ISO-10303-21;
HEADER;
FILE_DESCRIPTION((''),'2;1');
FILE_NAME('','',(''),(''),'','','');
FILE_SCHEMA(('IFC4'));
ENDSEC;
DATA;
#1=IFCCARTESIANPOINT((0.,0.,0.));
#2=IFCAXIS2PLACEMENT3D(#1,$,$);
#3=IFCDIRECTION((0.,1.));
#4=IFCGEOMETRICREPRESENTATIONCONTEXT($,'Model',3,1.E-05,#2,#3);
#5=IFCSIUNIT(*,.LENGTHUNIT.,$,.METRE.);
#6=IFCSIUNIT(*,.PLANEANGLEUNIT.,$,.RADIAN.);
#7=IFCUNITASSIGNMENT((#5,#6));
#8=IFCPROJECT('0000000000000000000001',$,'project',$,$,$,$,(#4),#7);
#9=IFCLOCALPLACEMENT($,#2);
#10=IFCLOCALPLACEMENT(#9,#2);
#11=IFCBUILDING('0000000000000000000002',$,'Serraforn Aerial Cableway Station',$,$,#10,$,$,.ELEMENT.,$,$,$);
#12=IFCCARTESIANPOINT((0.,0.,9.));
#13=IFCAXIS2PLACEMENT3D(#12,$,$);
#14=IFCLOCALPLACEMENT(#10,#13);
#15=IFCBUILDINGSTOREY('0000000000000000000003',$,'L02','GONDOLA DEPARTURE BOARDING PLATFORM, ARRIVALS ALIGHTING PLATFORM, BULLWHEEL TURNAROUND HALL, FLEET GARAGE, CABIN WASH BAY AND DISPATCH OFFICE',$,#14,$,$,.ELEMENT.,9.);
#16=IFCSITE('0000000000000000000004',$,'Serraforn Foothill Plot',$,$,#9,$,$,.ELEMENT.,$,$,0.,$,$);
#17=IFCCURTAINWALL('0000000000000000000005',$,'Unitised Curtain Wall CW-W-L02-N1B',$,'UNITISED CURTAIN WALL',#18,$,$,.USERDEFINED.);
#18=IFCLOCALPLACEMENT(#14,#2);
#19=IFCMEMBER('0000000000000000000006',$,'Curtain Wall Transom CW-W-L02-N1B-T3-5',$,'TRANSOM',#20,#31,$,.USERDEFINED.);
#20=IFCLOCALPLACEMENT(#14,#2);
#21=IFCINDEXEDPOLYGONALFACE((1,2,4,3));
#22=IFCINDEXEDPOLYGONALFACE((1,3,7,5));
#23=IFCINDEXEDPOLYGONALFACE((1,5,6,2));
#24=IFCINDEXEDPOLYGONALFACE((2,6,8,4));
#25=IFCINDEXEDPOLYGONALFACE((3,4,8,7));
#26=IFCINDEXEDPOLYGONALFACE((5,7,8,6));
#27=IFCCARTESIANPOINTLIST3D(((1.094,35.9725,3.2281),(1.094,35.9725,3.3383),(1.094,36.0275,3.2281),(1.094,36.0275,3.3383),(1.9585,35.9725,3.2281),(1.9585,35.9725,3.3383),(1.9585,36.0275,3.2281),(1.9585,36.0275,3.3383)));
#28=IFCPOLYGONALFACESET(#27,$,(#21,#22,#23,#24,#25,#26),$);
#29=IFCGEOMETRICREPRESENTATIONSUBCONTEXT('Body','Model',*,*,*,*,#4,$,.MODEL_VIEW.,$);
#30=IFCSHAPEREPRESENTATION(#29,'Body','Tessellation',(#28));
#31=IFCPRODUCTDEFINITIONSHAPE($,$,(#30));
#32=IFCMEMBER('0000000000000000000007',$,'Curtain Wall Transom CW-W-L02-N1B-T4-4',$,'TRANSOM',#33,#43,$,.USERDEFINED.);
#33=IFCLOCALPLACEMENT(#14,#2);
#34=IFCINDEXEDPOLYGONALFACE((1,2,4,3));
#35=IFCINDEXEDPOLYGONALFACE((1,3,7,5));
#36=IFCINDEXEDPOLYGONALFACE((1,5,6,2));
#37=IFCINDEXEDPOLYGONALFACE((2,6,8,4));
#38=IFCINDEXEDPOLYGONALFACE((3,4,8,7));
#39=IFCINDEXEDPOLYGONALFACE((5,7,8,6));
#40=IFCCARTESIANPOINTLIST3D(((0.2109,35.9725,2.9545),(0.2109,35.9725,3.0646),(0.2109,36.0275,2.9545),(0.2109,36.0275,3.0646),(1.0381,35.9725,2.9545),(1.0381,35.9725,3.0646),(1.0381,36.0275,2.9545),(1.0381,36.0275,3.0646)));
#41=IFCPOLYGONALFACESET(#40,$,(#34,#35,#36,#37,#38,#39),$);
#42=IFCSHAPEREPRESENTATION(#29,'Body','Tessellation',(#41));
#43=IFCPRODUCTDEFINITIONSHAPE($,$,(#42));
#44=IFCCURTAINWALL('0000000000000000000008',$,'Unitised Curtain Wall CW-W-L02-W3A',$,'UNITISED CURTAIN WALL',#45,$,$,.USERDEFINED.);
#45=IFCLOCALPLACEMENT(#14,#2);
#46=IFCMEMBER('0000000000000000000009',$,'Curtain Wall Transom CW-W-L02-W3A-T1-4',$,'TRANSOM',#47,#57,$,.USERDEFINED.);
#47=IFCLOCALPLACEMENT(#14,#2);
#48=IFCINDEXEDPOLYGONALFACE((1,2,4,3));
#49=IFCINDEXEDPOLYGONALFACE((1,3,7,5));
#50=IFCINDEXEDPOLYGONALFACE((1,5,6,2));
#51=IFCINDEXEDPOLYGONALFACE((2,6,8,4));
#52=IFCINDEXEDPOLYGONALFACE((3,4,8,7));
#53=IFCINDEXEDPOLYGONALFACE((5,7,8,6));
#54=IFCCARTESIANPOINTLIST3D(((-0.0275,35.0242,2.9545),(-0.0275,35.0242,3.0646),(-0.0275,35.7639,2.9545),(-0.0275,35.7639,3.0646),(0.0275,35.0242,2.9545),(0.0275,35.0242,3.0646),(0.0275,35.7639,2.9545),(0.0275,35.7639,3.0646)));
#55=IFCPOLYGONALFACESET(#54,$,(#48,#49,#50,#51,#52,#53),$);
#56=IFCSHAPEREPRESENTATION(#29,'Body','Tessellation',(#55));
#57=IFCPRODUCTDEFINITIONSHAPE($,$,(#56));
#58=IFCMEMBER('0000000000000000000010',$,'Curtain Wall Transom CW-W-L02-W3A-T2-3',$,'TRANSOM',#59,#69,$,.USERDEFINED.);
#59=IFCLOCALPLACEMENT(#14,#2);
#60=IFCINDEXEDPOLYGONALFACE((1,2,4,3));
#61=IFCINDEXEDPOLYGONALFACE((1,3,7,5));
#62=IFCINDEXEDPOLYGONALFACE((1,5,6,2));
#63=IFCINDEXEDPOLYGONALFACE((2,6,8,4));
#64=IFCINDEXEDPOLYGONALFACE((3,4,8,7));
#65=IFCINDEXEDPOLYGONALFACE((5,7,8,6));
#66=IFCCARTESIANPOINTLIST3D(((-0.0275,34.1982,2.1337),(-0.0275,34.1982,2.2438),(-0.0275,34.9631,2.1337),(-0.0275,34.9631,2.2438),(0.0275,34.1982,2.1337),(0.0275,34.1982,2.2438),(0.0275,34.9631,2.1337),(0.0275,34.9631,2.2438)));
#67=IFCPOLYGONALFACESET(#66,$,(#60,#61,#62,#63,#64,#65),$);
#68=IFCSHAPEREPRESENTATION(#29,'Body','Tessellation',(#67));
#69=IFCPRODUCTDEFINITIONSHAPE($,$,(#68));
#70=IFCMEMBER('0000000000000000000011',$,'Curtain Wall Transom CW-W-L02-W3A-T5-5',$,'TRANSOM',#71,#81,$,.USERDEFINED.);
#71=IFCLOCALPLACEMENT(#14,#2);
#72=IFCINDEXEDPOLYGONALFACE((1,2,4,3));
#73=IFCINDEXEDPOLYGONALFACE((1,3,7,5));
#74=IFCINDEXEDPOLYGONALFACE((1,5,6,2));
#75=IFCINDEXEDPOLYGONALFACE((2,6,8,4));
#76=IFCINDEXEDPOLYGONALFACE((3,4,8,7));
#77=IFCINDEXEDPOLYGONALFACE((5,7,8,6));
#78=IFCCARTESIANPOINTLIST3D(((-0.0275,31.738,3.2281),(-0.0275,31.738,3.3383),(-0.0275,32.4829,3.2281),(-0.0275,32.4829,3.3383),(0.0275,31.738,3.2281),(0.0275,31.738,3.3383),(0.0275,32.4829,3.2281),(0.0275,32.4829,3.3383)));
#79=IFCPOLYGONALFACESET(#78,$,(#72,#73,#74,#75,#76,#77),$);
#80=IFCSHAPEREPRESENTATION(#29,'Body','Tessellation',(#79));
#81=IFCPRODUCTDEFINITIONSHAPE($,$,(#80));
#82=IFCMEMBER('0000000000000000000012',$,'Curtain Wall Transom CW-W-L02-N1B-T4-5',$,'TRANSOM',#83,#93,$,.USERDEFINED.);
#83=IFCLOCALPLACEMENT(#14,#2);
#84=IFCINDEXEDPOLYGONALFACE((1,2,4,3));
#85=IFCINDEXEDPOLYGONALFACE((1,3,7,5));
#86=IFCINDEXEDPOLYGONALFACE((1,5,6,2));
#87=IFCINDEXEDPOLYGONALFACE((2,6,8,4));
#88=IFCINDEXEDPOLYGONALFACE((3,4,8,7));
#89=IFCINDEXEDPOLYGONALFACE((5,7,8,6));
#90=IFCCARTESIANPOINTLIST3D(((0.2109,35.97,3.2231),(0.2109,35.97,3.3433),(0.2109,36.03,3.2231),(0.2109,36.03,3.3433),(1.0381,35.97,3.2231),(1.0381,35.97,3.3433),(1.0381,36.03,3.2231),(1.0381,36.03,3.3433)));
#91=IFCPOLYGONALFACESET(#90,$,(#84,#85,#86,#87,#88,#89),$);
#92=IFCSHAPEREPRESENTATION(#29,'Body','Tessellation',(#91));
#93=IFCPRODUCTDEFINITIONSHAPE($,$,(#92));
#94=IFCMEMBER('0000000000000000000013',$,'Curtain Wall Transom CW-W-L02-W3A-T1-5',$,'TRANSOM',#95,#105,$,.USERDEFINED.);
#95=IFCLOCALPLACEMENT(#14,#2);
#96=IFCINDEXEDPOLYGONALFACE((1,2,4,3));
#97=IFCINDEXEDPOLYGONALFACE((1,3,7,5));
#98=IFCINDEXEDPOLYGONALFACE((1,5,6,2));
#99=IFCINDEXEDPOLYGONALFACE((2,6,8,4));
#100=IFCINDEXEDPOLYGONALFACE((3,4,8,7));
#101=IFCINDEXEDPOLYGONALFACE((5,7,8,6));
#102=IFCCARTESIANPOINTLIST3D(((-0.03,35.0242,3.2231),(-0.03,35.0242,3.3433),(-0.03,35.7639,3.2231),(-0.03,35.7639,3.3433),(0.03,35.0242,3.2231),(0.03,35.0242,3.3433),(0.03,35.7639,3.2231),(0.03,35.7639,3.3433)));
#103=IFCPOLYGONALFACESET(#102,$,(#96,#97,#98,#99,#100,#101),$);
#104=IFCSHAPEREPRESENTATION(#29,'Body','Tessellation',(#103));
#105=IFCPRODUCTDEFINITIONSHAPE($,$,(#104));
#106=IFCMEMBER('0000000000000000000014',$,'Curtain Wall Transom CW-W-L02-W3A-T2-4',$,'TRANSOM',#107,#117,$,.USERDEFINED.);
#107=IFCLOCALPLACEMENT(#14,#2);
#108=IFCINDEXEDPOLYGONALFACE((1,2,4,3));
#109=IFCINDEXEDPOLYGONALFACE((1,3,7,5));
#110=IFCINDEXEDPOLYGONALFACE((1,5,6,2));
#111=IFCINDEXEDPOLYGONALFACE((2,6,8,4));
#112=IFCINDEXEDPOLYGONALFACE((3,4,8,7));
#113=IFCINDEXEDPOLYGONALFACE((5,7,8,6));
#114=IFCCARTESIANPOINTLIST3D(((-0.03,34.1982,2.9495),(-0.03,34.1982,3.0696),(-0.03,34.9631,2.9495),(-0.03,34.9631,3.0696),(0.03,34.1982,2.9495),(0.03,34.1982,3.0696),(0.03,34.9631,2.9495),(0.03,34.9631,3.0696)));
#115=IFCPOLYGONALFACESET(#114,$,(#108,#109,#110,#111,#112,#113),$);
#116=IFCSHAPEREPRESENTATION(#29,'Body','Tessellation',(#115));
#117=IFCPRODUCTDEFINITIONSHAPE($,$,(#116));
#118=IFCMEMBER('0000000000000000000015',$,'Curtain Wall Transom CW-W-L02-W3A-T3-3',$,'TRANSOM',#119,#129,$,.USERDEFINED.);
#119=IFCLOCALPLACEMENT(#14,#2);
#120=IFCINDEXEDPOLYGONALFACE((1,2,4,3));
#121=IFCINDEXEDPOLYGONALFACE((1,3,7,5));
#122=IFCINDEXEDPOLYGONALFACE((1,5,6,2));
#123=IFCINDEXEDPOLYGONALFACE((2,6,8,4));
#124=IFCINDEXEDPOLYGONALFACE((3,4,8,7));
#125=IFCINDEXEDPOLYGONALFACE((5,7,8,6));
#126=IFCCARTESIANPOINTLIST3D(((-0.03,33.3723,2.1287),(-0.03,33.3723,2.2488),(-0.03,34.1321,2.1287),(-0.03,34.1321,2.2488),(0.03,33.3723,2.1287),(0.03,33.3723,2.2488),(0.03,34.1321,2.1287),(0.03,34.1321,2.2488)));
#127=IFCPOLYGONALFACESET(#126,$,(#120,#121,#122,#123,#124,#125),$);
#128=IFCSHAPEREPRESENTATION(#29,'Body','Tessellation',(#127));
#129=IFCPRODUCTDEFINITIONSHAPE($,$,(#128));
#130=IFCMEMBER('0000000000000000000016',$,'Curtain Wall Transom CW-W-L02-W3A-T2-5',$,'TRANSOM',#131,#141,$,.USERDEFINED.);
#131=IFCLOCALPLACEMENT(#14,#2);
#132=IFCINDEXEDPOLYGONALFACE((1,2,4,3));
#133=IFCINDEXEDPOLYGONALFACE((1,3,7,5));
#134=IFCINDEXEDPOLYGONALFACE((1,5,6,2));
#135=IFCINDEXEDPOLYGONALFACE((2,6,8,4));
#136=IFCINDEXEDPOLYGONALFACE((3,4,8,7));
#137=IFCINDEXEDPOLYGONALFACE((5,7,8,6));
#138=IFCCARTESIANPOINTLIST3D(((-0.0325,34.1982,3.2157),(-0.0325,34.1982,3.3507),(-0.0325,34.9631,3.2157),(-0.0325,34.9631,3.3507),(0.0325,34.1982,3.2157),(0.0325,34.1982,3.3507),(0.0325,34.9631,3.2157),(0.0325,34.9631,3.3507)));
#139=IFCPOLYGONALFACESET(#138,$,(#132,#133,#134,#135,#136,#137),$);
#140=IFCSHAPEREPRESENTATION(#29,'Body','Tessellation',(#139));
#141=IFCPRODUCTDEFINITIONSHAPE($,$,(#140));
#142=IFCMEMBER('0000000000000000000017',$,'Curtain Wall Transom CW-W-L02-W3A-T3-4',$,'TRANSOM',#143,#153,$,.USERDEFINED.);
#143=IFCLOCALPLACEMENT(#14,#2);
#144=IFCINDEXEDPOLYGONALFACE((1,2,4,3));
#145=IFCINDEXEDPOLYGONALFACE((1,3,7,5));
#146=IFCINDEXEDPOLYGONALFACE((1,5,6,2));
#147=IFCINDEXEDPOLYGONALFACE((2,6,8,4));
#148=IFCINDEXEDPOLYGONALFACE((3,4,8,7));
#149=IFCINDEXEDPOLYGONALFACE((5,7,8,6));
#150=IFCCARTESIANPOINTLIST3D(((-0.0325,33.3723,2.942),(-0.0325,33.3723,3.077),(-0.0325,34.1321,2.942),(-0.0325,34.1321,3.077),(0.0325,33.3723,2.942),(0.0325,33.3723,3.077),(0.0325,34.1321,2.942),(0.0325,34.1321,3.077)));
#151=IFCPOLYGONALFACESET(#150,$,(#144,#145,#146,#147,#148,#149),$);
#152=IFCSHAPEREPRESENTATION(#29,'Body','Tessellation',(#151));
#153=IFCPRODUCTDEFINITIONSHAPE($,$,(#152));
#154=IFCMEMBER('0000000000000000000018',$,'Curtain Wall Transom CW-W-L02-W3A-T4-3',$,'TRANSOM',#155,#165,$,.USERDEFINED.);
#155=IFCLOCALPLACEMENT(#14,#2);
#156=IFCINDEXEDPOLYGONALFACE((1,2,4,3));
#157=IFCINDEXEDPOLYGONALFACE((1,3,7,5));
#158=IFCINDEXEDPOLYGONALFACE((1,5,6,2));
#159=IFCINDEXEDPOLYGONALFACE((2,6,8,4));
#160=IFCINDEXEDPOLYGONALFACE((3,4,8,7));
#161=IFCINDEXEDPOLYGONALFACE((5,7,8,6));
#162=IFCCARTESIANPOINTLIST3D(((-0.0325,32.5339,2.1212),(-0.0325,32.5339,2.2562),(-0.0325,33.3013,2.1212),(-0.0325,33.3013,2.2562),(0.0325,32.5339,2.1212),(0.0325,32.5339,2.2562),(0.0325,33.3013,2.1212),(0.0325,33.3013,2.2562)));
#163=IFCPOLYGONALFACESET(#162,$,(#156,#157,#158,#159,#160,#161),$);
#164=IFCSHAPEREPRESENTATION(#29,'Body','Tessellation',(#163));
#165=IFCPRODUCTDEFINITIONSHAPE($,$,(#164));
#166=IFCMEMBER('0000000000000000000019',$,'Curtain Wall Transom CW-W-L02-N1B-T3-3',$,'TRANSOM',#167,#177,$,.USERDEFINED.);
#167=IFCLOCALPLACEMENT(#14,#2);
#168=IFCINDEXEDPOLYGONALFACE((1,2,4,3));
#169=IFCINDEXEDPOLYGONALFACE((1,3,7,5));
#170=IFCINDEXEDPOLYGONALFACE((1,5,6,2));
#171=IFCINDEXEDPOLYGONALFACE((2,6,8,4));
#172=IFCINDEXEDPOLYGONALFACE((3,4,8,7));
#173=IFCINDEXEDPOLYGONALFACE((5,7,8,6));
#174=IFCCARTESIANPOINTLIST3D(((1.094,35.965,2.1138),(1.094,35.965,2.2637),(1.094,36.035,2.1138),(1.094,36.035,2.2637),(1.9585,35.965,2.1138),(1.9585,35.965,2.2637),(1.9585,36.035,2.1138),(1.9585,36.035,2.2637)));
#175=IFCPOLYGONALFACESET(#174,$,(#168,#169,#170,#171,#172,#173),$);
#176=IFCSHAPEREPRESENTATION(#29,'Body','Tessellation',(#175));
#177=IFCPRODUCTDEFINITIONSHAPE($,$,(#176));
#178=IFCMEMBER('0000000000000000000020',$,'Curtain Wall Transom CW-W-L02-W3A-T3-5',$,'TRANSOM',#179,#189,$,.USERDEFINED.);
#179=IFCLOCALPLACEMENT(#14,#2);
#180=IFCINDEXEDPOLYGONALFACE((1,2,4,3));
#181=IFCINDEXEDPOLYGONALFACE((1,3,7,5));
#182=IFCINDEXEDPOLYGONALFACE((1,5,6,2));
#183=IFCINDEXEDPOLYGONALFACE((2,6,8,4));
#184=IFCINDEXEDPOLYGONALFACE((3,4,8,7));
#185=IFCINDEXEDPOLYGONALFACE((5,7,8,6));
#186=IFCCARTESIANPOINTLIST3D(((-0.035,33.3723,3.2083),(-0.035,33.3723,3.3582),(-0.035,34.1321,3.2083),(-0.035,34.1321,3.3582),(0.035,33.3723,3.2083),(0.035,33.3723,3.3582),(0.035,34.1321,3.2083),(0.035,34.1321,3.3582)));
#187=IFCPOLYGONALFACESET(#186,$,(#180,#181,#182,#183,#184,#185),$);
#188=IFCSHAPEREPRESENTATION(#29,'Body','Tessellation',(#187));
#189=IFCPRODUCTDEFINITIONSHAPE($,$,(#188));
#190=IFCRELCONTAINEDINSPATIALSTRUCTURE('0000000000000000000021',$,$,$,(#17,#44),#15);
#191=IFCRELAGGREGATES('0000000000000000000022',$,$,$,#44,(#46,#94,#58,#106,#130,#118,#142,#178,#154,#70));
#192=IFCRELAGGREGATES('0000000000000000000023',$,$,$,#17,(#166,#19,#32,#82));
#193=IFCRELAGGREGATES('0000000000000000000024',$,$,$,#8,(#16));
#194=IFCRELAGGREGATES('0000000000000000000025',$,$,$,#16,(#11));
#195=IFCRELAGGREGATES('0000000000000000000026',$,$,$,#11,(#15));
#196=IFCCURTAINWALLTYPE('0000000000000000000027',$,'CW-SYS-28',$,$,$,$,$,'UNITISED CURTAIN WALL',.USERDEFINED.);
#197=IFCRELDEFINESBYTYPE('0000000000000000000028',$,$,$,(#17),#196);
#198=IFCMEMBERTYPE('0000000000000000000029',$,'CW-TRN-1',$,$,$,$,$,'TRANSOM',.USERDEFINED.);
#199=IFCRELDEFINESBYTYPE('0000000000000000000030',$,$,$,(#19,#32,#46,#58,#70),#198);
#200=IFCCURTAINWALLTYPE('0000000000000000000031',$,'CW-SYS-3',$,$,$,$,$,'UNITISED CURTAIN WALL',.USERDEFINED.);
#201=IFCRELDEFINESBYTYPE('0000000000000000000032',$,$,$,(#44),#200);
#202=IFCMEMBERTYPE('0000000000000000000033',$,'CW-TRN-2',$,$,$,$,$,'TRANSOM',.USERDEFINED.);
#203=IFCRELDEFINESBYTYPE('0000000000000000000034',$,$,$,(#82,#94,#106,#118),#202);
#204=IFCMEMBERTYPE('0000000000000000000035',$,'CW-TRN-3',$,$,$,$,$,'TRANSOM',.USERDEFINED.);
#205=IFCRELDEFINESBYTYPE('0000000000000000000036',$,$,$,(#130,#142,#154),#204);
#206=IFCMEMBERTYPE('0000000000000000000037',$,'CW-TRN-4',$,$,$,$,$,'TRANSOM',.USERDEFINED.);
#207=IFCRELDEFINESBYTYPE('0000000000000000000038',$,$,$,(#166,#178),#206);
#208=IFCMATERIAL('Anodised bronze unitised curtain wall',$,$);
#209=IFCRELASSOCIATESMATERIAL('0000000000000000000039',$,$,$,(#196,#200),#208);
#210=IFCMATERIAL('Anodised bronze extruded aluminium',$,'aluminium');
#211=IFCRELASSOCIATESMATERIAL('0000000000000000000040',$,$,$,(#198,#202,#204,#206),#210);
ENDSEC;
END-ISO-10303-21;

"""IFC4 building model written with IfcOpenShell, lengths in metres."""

from ifc_helpers import new_model, si_unit, direction, frame, origin, origin_2d, place, context, subcontext, project, spatial, rectangle, extrude, material, material_profile, profile_set, type_object, element, aggregate, save


model = new_model("IFC4")

# Units and contexts
model_context = context("Model", 3, precision=1e-05, world=origin(), true_north=direction((0.0, 1.0)))
body_context = subcontext(model_context, "Body", "Model", "MODEL_VIEW")
ifc_project = project(units=[si_unit("LENGTHUNIT", "METRE"), si_unit("PLANEANGLEUNIT", "RADIAN")], contexts=[model_context])

# Site, building, storey
site_placement = place(None, origin())
site = spatial("IfcSite", under=ifc_project, at=site_placement, Name="Serraforn Foothill Plot", CompositionType="ELEMENT", RefElevation=0.0)
building_placement = place(site_placement, origin())
building = spatial("IfcBuilding", under=site, at=building_placement, Name="Serraforn Aerial Cableway Station", CompositionType="ELEMENT")
storey_placement = place(building_placement, frame((0.0, 0.0, 9.0)))
storey = spatial("IfcBuildingStorey", under=building, at=storey_placement, Name="L02", Description="GONDOLA DEPARTURE BOARDING PLATFORM, ARRIVALS ALIGHTING PLATFORM, BULLWHEEL TURNAROUND HALL, FLEET GARAGE, CABIN WASH BAY AND DISPATCH OFFICE", CompositionType="ELEMENT", Elevation=9.0)

# Curtain walls, members
ifc_material_1 = material(Name="Anodised bronze unitised curtain wall")
curtain_wall_type_1 = type_object("IfcCurtainWallType", Name="CW-SYS-28", ElementType="UNITISED CURTAIN WALL", PredefinedType="USERDEFINED", material=ifc_material_1)
curtain_wall_1_placement = place(storey_placement, origin())
curtain_wall_1 = element("IfcCurtainWall", 1, at=curtain_wall_1_placement, inside=storey, type_object=curtain_wall_type_1, Name="Unitised Curtain Wall CW-W-L02-N1B", ObjectType="UNITISED CURTAIN WALL", PredefinedType="USERDEFINED")
ifc_material_2 = material(Name="Anodised bronze extruded aluminium", Category="aluminium")
ifc_material_profile_1 = material_profile(ifc_material_2, rectangle(XDim=0.0549, YDim=0.1101, at=origin_2d()), Name="CW TRANSOM 55x110")
ifc_profile_set_1 = profile_set([ifc_material_profile_1], Name="Anodised bronze extruded aluminium")
member_type_1 = type_object("IfcMemberType", Name="CW-TRN-1", ElementType="TRANSOM", PredefinedType="USERDEFINED", material=ifc_profile_set_1)
member_1_placement = place(storey_placement, frame((1.9585, 36.0, 3.2832), z_axis=(-1.0, 0.0, 0.0), x_axis=(0.0, -1.0, 0.0)))
member_1 = element("IfcMember", 2, at=member_1_placement, type_object=member_type_1, Name="Curtain Wall Transom CW-W-L02-N1B-T3-5", ObjectType="TRANSOM", PredefinedType="USERDEFINED", context=body_context, shape_type="SweptSolid", body=[
    extrude(rectangle(XDim=0.0549, YDim=0.1101, at=origin_2d()), origin(), (0.0, 0.0, 1.0), 0.8645),
])
member_2_placement = place(storey_placement, frame((1.0381, 36.0, 3.0095), z_axis=(-1.0, 0.0, 0.0), x_axis=(0.0, -1.0, 0.0)))
member_2 = element("IfcMember", 3, at=member_2_placement, type_object=member_type_1, Name="Curtain Wall Transom CW-W-L02-N1B-T4-4", ObjectType="TRANSOM", PredefinedType="USERDEFINED", context=body_context, shape_type="SweptSolid", body=[
    extrude(rectangle(XDim=0.0549, YDim=0.1101, at=origin_2d()), origin(), (0.0, 0.0, 1.0), 0.8271),
])
curtain_wall_type_2 = type_object("IfcCurtainWallType", Name="CW-SYS-3", ElementType="UNITISED CURTAIN WALL", PredefinedType="USERDEFINED", material=ifc_material_1)
curtain_wall_2_placement = place(storey_placement, origin())
curtain_wall_2 = element("IfcCurtainWall", 4, at=curtain_wall_2_placement, inside=storey, type_object=curtain_wall_type_2, Name="Unitised Curtain Wall CW-W-L02-W3A", ObjectType="UNITISED CURTAIN WALL", PredefinedType="USERDEFINED")
member_3_placement = place(storey_placement, frame((0.0, 35.7639, 3.0095), z_axis=(0.0, -1.0, 0.0), x_axis=(1.0, 0.0, 0.0)))
member_3 = element("IfcMember", 5, at=member_3_placement, type_object=member_type_1, Name="Curtain Wall Transom CW-W-L02-W3A-T1-4", ObjectType="TRANSOM", PredefinedType="USERDEFINED", context=body_context, shape_type="SweptSolid", body=[
    extrude(rectangle(XDim=0.0549, YDim=0.1101, at=origin_2d()), origin(), (0.0, 0.0, 1.0), 0.7397),
])
member_4_placement = place(storey_placement, frame((0.0, 34.9631, 2.1887), z_axis=(0.0, -1.0, 0.0), x_axis=(1.0, 0.0, 0.0)))
member_4 = element("IfcMember", 6, at=member_4_placement, type_object=member_type_1, Name="Curtain Wall Transom CW-W-L02-W3A-T2-3", ObjectType="TRANSOM", PredefinedType="USERDEFINED", context=body_context, shape_type="SweptSolid", body=[
    extrude(rectangle(XDim=0.0549, YDim=0.1101, at=origin_2d()), origin(), (0.0, 0.0, 1.0), 0.7649),
])
member_5_placement = place(storey_placement, frame((0.0, 32.4829, 3.2832), z_axis=(0.0, -1.0, 0.0), x_axis=(1.0, 0.0, 0.0)))
member_5 = element("IfcMember", 7, at=member_5_placement, type_object=member_type_1, Name="Curtain Wall Transom CW-W-L02-W3A-T5-5", ObjectType="TRANSOM", PredefinedType="USERDEFINED", context=body_context, shape_type="SweptSolid", body=[
    extrude(rectangle(XDim=0.0549, YDim=0.1101, at=origin_2d()), origin(), (0.0, 0.0, 1.0), 0.7449),
])

# Members
ifc_material_profile_2 = material_profile(ifc_material_2, rectangle(XDim=0.0601, YDim=0.1201, at=origin_2d()), Name="CW TRANSOM 60x120")
ifc_profile_set_2 = profile_set([ifc_material_profile_2], Name="Anodised bronze extruded aluminium")
member_type_2 = type_object("IfcMemberType", Name="CW-TRN-2", ElementType="TRANSOM", PredefinedType="USERDEFINED", material=ifc_profile_set_2)
member_6_placement = place(storey_placement, frame((1.0381, 36.0, 3.2832), z_axis=(-1.0, 0.0, 0.0), x_axis=(0.0, -1.0, 0.0)))
member_6 = element("IfcMember", 8, at=member_6_placement, type_object=member_type_2, Name="Curtain Wall Transom CW-W-L02-N1B-T4-5", ObjectType="TRANSOM", PredefinedType="USERDEFINED", context=body_context, shape_type="SweptSolid", body=[
    extrude(rectangle(XDim=0.0601, YDim=0.1201, at=origin_2d()), origin(), (0.0, 0.0, 1.0), 0.8271),
])
member_7_placement = place(storey_placement, frame((0.0, 35.7639, 3.2832), z_axis=(0.0, -1.0, 0.0), x_axis=(1.0, 0.0, 0.0)))
member_7 = element("IfcMember", 9, at=member_7_placement, type_object=member_type_2, Name="Curtain Wall Transom CW-W-L02-W3A-T1-5", ObjectType="TRANSOM", PredefinedType="USERDEFINED", context=body_context, shape_type="SweptSolid", body=[
    extrude(rectangle(XDim=0.0601, YDim=0.1201, at=origin_2d()), origin(), (0.0, 0.0, 1.0), 0.7397),
])
member_8_placement = place(storey_placement, frame((0.0, 34.9631, 3.0095), z_axis=(0.0, -1.0, 0.0), x_axis=(1.0, 0.0, 0.0)))
member_8 = element("IfcMember", 10, at=member_8_placement, type_object=member_type_2, Name="Curtain Wall Transom CW-W-L02-W3A-T2-4", ObjectType="TRANSOM", PredefinedType="USERDEFINED", context=body_context, shape_type="SweptSolid", body=[
    extrude(rectangle(XDim=0.0601, YDim=0.1201, at=origin_2d()), origin(), (0.0, 0.0, 1.0), 0.7649),
])
member_9_placement = place(storey_placement, frame((0.0, 34.1321, 2.1887), z_axis=(0.0, -1.0, 0.0), x_axis=(1.0, 0.0, 0.0)))
member_9 = element("IfcMember", 11, at=member_9_placement, type_object=member_type_2, Name="Curtain Wall Transom CW-W-L02-W3A-T3-3", ObjectType="TRANSOM", PredefinedType="USERDEFINED", context=body_context, shape_type="SweptSolid", body=[
    extrude(rectangle(XDim=0.0601, YDim=0.1201, at=origin_2d()), origin(), (0.0, 0.0, 1.0), 0.7598),
])
ifc_material_profile_3 = material_profile(ifc_material_2, rectangle(XDim=0.0649, YDim=0.135, at=origin_2d()), Name="CW TRANSOM 65x135")
ifc_profile_set_3 = profile_set([ifc_material_profile_3], Name="Anodised bronze extruded aluminium")
member_type_3 = type_object("IfcMemberType", Name="CW-TRN-3", ElementType="TRANSOM", PredefinedType="USERDEFINED", material=ifc_profile_set_3)
member_10_placement = place(storey_placement, frame((0.0, 34.9631, 3.2832), z_axis=(0.0, -1.0, 0.0), x_axis=(1.0, 0.0, 0.0)))
member_10 = element("IfcMember", 12, at=member_10_placement, type_object=member_type_3, Name="Curtain Wall Transom CW-W-L02-W3A-T2-5", ObjectType="TRANSOM", PredefinedType="USERDEFINED", context=body_context, shape_type="SweptSolid", body=[
    extrude(rectangle(XDim=0.0649, YDim=0.135, at=origin_2d()), origin(), (0.0, 0.0, 1.0), 0.7649),
])
member_11_placement = place(storey_placement, frame((0.0, 34.1321, 3.0095), z_axis=(0.0, -1.0, 0.0), x_axis=(1.0, 0.0, 0.0)))
member_11 = element("IfcMember", 13, at=member_11_placement, type_object=member_type_3, Name="Curtain Wall Transom CW-W-L02-W3A-T3-4", ObjectType="TRANSOM", PredefinedType="USERDEFINED", context=body_context, shape_type="SweptSolid", body=[
    extrude(rectangle(XDim=0.0649, YDim=0.135, at=origin_2d()), origin(), (0.0, 0.0, 1.0), 0.7598),
])
member_12_placement = place(storey_placement, frame((0.0, 33.3013, 2.1887), z_axis=(0.0, -1.0, 0.0), x_axis=(1.0, 0.0, 0.0)))
member_12 = element("IfcMember", 14, at=member_12_placement, type_object=member_type_3, Name="Curtain Wall Transom CW-W-L02-W3A-T4-3", ObjectType="TRANSOM", PredefinedType="USERDEFINED", context=body_context, shape_type="SweptSolid", body=[
    extrude(rectangle(XDim=0.0649, YDim=0.135, at=origin_2d()), origin(), (0.0, 0.0, 1.0), 0.7673),
])
ifc_material_profile_4 = material_profile(ifc_material_2, rectangle(XDim=0.0701, YDim=0.1499, at=origin_2d()), Name="CW TRANSOM 70x150")
ifc_profile_set_4 = profile_set([ifc_material_profile_4], Name="Anodised bronze extruded aluminium")
member_type_4 = type_object("IfcMemberType", Name="CW-TRN-4", ElementType="TRANSOM", PredefinedType="USERDEFINED", material=ifc_profile_set_4)
member_13_placement = place(storey_placement, frame((1.9585, 36.0, 2.1887), z_axis=(-1.0, 0.0, 0.0), x_axis=(0.0, -1.0, 0.0)))
member_13 = element("IfcMember", 15, at=member_13_placement, type_object=member_type_4, Name="Curtain Wall Transom CW-W-L02-N1B-T3-3", ObjectType="TRANSOM", PredefinedType="USERDEFINED", context=body_context, shape_type="SweptSolid", body=[
    extrude(rectangle(XDim=0.0701, YDim=0.1499, at=origin_2d()), origin(), (0.0, 0.0, 1.0), 0.8645),
])
member_14_placement = place(storey_placement, frame((0.0, 34.1321, 3.2832), z_axis=(0.0, -1.0, 0.0), x_axis=(1.0, 0.0, 0.0)))
member_14 = element("IfcMember", 16, at=member_14_placement, type_object=member_type_4, Name="Curtain Wall Transom CW-W-L02-W3A-T3-5", ObjectType="TRANSOM", PredefinedType="USERDEFINED", context=body_context, shape_type="SweptSolid", body=[
    extrude(rectangle(XDim=0.0701, YDim=0.1499, at=origin_2d()), origin(), (0.0, 0.0, 1.0), 0.7598),
])

aggregate(curtain_wall_2, [member_3, member_7, member_4, member_8, member_10, member_9, member_11, member_14, member_12, member_5])
aggregate(curtain_wall_1, [member_13, member_1, member_2, member_6])

save(model, "model.ifc")
